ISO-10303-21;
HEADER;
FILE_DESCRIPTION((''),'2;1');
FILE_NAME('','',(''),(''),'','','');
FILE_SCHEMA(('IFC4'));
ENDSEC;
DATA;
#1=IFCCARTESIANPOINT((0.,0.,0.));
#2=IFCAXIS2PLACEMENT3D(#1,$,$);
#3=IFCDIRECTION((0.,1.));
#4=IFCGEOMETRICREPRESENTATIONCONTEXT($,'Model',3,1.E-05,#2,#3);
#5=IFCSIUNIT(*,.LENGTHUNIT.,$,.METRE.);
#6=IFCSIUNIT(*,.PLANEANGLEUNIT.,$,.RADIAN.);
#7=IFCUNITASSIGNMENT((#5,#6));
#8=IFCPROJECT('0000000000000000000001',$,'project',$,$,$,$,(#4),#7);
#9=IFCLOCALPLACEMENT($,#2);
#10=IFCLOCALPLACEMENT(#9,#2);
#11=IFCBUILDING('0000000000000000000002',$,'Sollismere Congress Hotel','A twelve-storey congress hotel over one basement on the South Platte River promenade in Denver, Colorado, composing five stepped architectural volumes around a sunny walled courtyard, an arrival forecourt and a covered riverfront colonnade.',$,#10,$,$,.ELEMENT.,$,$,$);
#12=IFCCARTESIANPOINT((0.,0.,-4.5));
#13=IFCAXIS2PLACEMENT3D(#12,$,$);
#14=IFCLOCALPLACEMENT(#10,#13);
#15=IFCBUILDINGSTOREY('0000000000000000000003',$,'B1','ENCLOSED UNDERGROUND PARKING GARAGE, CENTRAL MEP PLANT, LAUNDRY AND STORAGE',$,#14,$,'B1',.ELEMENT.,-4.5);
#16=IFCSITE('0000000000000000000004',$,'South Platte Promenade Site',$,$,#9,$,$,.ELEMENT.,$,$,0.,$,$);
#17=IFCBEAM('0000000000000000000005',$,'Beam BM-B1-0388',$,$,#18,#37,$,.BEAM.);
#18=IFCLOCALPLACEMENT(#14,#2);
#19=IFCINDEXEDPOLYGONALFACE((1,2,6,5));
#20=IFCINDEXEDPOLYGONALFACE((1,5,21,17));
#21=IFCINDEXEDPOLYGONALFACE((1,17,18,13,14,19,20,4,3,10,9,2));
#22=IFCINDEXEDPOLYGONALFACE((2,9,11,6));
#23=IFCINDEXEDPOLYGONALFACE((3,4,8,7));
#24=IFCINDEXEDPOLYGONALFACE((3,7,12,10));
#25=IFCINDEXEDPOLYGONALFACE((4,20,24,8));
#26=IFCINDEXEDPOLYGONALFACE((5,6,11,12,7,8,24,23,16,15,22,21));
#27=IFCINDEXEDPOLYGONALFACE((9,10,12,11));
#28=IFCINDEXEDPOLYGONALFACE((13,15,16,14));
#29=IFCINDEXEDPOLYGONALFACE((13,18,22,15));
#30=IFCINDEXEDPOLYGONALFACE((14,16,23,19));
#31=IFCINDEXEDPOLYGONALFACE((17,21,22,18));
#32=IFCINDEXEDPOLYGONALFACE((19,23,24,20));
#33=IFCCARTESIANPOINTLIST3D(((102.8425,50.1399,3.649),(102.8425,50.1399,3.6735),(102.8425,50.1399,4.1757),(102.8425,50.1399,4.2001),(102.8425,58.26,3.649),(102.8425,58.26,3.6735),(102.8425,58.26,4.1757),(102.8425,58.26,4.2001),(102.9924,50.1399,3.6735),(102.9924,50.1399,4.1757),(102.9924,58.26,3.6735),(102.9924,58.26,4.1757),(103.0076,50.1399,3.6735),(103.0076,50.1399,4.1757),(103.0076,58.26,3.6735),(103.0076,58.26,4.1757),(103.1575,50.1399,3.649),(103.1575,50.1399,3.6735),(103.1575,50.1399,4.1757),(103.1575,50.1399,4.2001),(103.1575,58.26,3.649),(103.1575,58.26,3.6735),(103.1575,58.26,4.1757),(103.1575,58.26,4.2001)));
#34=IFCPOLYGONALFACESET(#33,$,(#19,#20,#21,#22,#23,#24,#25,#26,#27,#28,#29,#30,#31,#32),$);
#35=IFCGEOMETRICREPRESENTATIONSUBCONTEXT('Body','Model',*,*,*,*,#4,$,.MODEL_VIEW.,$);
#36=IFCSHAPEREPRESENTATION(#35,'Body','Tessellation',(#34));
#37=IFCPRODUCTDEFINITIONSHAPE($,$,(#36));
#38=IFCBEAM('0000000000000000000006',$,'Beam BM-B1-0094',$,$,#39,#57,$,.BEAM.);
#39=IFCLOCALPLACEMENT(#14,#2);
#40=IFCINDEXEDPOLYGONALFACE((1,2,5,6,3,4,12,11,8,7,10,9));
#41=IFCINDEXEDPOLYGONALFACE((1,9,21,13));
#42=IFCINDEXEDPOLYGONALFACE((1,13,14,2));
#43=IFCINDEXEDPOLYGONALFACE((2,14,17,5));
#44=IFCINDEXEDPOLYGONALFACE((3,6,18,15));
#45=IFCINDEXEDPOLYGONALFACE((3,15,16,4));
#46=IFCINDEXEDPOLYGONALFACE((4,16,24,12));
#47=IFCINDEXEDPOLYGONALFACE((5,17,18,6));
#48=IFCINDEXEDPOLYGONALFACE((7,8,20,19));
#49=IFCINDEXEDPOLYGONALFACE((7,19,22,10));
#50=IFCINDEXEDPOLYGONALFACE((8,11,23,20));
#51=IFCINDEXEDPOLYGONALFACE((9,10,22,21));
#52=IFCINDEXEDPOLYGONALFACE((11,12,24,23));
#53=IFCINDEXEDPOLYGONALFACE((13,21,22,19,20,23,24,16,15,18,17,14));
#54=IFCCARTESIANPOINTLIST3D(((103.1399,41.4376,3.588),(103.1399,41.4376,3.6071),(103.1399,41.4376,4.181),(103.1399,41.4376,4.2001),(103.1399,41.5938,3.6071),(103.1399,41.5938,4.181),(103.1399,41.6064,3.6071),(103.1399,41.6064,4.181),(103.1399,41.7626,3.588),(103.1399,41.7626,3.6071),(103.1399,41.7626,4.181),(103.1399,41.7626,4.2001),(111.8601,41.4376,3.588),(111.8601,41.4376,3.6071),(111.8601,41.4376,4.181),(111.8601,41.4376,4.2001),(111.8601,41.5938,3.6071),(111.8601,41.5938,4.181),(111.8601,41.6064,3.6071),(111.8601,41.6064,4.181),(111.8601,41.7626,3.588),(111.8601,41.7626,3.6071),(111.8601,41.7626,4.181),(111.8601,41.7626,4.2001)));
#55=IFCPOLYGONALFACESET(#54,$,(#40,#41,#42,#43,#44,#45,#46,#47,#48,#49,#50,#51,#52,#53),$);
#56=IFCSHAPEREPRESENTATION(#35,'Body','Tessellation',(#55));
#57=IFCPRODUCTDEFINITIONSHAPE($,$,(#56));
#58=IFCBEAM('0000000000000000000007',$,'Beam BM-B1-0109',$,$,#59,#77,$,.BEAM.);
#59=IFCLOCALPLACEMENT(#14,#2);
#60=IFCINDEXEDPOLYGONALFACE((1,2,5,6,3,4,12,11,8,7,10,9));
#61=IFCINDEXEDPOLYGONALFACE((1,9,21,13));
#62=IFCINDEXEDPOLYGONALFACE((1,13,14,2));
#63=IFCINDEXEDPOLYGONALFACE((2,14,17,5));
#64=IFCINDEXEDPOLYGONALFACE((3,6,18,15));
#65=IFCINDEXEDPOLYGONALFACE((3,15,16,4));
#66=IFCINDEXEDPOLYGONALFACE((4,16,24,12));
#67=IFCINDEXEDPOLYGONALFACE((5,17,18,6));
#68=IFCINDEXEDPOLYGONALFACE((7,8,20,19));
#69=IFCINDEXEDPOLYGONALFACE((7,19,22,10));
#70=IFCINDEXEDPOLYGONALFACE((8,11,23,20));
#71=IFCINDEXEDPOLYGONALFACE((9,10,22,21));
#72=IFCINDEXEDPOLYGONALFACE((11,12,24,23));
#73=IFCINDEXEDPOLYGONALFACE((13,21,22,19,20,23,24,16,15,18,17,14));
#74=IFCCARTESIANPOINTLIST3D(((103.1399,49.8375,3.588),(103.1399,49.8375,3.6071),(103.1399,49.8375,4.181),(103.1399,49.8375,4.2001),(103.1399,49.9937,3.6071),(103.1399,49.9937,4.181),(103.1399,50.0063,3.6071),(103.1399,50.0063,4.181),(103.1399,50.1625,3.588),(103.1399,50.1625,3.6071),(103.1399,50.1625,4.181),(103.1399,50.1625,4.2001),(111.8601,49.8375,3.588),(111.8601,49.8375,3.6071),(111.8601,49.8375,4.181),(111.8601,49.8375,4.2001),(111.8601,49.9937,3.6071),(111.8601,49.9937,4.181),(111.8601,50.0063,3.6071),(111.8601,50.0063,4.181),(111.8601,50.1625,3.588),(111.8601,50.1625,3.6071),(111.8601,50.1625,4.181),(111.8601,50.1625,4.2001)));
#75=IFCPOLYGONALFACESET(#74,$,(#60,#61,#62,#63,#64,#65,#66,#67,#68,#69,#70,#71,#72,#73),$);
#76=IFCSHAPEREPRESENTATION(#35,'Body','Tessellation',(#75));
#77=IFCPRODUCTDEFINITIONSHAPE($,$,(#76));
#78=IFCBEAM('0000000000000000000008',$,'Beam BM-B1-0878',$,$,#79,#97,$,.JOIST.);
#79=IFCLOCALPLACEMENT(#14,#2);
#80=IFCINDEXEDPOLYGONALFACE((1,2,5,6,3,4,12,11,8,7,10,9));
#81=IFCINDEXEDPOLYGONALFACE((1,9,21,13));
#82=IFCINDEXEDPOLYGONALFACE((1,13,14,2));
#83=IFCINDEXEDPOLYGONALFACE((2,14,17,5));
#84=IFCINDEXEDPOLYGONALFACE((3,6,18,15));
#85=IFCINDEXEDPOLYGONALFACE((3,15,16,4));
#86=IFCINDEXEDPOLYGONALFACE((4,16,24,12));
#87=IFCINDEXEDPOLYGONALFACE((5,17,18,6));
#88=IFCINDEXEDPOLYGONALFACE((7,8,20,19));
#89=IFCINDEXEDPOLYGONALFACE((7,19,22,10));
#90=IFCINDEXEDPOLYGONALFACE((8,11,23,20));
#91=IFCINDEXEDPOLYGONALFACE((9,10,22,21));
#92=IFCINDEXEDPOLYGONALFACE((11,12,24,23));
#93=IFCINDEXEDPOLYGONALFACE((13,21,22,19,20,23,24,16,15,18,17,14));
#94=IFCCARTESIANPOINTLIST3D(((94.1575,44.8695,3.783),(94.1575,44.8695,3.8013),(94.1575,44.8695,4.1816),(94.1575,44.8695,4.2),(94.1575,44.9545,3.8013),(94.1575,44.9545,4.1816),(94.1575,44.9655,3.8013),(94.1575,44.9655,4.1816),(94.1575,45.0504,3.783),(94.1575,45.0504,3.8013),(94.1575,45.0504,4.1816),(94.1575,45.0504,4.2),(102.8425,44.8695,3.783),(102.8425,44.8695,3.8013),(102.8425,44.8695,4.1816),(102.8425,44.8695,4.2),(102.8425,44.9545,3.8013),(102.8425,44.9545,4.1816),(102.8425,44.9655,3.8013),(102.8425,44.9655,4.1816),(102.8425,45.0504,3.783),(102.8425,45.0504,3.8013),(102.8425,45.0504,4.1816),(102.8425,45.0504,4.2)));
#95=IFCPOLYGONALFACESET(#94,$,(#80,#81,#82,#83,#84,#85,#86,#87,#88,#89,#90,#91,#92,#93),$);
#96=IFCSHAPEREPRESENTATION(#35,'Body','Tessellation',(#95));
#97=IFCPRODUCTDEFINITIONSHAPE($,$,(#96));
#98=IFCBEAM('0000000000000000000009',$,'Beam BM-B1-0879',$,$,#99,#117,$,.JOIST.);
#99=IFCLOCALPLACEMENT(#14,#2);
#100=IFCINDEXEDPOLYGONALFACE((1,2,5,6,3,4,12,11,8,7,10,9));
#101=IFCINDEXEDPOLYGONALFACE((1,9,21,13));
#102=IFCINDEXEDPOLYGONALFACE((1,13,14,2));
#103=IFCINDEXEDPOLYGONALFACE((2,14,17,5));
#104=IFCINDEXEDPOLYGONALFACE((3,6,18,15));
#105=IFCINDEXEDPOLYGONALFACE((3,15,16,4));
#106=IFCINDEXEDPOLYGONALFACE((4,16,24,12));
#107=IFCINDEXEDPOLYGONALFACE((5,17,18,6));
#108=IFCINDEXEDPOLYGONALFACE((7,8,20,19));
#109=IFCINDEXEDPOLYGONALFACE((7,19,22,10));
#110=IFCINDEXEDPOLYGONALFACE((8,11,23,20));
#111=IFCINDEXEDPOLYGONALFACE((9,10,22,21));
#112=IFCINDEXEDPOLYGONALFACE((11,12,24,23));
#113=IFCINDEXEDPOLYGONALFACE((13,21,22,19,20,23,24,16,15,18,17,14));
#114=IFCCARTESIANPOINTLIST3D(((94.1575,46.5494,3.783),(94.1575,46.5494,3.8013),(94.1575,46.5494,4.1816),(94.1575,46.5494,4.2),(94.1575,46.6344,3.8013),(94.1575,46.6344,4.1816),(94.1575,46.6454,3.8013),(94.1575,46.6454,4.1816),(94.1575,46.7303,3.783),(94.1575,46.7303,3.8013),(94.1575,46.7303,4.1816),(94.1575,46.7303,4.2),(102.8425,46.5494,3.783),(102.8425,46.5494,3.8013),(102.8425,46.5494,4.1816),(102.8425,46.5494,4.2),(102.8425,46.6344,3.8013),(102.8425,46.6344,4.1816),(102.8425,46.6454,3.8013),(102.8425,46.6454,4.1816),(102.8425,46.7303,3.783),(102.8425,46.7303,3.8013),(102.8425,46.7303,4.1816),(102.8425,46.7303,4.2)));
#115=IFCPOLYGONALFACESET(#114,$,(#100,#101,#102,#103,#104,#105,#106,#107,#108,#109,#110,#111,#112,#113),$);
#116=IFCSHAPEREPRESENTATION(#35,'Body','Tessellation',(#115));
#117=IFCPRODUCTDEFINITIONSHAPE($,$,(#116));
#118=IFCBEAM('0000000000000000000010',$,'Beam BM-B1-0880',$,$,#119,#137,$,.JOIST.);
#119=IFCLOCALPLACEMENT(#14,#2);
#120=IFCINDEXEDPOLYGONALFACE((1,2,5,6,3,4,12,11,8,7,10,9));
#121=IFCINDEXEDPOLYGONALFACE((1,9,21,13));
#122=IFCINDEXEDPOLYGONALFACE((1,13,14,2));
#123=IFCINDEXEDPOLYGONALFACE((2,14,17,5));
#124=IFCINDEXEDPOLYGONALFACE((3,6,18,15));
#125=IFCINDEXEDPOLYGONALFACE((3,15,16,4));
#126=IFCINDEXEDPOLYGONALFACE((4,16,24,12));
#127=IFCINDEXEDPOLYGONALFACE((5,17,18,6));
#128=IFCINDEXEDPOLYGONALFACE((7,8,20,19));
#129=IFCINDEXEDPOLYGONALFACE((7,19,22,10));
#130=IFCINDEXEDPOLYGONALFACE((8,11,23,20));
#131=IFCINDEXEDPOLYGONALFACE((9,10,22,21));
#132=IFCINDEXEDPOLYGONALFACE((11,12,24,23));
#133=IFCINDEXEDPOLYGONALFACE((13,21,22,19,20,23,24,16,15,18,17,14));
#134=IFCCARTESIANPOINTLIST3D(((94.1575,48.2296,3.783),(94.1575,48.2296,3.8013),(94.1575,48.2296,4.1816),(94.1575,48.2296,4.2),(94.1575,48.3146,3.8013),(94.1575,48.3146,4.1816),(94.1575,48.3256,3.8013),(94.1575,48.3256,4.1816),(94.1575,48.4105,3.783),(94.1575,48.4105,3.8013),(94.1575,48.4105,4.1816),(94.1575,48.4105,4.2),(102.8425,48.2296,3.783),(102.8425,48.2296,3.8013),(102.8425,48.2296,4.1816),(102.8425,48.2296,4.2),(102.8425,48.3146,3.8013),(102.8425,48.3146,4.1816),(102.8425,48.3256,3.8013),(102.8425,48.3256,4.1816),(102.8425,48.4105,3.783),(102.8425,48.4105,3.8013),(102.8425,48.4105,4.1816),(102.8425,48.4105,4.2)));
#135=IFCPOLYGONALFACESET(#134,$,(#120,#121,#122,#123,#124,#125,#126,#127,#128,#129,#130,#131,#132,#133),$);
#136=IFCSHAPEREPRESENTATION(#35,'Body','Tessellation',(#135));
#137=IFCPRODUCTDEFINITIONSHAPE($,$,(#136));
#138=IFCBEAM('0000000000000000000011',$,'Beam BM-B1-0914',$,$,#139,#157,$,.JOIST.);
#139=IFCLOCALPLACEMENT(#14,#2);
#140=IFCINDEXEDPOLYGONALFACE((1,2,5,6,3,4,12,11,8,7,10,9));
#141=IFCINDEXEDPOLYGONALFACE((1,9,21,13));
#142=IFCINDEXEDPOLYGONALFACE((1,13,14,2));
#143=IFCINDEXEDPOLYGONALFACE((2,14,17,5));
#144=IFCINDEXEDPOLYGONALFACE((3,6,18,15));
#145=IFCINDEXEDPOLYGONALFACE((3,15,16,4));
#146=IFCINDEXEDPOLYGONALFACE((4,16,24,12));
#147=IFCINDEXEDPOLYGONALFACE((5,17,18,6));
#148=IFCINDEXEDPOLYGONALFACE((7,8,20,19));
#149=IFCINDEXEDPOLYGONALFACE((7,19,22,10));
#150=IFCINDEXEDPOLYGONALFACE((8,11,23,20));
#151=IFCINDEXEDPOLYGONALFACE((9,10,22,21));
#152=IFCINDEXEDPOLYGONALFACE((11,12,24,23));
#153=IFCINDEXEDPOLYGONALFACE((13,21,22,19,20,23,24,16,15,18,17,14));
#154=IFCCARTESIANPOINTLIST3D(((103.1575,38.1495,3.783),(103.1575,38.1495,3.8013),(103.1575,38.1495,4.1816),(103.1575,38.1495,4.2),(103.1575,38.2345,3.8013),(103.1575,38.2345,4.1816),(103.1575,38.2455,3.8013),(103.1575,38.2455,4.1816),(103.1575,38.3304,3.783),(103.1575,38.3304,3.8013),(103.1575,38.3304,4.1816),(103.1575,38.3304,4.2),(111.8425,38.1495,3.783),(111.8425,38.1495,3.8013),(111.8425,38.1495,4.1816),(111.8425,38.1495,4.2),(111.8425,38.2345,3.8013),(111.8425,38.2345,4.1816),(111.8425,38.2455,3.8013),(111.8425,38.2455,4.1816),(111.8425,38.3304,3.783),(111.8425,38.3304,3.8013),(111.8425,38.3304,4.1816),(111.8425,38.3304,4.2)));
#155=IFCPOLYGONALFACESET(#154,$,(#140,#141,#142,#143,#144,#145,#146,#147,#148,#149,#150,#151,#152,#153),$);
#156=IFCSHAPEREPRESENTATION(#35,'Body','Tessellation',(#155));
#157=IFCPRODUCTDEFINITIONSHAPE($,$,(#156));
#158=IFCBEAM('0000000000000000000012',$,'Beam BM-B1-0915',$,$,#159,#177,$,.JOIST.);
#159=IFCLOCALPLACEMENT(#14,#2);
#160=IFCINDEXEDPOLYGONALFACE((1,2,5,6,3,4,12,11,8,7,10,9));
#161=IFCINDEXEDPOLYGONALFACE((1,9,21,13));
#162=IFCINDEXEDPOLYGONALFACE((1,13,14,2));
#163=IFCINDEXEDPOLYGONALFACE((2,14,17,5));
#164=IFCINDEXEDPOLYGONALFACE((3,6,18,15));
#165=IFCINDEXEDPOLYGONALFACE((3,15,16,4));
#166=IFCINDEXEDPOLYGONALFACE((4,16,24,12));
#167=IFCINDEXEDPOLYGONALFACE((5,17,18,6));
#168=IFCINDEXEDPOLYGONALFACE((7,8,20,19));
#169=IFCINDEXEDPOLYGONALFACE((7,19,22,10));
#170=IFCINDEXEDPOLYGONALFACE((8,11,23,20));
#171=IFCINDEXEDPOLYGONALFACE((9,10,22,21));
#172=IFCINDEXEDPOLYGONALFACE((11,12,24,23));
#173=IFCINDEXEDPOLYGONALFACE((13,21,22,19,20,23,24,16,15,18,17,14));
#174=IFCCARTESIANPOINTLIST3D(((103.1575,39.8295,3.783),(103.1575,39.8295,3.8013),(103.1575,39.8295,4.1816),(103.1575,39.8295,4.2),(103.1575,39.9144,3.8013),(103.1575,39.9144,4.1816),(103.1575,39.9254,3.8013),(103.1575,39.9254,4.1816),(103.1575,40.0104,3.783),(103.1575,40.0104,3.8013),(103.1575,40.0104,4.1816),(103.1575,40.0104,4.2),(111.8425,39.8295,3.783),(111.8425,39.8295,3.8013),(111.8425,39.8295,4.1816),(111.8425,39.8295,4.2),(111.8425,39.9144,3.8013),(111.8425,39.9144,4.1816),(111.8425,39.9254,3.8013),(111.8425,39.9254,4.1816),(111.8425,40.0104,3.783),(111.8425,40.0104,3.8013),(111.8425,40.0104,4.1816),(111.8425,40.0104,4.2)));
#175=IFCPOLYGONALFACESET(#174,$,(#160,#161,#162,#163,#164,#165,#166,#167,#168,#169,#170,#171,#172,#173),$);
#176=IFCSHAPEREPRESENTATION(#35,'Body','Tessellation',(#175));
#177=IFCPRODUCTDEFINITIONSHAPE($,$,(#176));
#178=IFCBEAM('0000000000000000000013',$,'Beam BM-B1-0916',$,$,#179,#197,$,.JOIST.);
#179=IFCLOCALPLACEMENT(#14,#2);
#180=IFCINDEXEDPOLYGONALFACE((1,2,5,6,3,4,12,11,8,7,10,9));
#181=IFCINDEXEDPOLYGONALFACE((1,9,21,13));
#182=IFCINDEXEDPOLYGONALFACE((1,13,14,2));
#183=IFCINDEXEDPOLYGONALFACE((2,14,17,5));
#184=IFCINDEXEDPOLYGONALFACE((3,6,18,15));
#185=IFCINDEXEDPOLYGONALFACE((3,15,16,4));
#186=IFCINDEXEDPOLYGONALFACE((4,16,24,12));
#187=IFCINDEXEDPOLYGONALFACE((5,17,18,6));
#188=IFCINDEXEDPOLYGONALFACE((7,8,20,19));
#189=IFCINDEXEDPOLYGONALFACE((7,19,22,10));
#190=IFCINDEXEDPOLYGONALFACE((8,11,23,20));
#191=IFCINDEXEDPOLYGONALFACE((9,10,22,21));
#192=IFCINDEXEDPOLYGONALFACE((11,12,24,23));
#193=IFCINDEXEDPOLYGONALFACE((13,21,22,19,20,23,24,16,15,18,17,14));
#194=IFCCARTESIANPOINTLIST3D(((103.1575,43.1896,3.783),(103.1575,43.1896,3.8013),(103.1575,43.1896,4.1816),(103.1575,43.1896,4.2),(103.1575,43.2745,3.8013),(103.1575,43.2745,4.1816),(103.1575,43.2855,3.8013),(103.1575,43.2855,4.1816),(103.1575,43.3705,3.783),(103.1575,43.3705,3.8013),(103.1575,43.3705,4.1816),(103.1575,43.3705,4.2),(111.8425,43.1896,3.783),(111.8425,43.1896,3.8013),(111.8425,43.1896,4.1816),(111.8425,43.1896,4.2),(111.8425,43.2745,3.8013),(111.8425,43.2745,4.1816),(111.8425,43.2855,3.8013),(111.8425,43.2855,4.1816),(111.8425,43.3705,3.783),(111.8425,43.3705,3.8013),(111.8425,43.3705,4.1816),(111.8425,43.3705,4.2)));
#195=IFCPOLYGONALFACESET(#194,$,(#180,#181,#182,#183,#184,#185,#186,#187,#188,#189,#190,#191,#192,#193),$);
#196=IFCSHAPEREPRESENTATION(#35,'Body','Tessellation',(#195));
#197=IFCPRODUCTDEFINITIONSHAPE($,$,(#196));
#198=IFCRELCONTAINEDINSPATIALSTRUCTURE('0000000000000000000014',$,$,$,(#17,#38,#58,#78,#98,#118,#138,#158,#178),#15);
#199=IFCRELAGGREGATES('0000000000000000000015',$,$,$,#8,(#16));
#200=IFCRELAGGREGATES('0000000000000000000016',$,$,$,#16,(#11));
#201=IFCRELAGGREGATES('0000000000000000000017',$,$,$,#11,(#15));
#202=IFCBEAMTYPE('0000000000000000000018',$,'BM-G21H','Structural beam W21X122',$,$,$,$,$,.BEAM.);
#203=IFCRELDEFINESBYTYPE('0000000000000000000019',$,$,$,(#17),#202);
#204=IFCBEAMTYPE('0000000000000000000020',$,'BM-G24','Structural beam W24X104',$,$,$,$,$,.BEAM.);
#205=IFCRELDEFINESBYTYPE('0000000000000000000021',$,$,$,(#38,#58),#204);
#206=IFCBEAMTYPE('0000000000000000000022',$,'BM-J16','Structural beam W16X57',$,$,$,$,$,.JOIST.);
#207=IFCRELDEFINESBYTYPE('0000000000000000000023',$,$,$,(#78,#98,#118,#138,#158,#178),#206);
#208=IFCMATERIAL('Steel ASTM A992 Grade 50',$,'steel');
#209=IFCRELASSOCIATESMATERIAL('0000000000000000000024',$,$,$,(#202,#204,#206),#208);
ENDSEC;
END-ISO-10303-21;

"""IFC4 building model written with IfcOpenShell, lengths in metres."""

from ifc_helpers import new_model, si_unit, direction, frame, origin, origin_2d, place, context, subcontext, project, spatial, i_section, extrude, material, material_profile, profile_set, type_object, element, save


model = new_model("IFC4")

# Units and contexts
model_context = context("Model", 3, precision=1e-05, world=origin(), true_north=direction((0.0, 1.0)))
body_context = subcontext(model_context, "Body", "Model", "MODEL_VIEW")
ifc_project = project(units=[si_unit("LENGTHUNIT", "METRE"), si_unit("PLANEANGLEUNIT", "RADIAN")], contexts=[model_context])

# Site, building, storey
site_placement = place(None, origin())
site = spatial("IfcSite", under=ifc_project, at=site_placement, Name="South Platte Promenade Site", CompositionType="ELEMENT", RefElevation=0.0)
building_placement = place(site_placement, origin())
building = spatial("IfcBuilding", under=site, at=building_placement, Name="Sollismere Congress Hotel", Description="A twelve-storey congress hotel over one basement on the South Platte River promenade in Denver, Colorado, composing five stepped architectural volumes around a sunny walled courtyard, an arrival forecourt and a covered riverfront colonnade.", CompositionType="ELEMENT")
storey_placement = place(building_placement, frame((0.0, 0.0, -4.5)))
storey = spatial("IfcBuildingStorey", under=building, at=storey_placement, Name="B1", Description="ENCLOSED UNDERGROUND PARKING GARAGE, CENTRAL MEP PLANT, LAUNDRY AND STORAGE", LongName="B1", CompositionType="ELEMENT", Elevation=-4.5)

# Beams
ifc_material_1 = material(Name="Steel ASTM A992 Grade 50", Category="steel")
ifc_material_profile_1 = material_profile(ifc_material_1, i_section(OverallWidth=0.3149, OverallDepth=0.551, WebThickness=0.0151, FlangeThickness=0.0244, at=origin_2d()), Name="W21X122")
ifc_profile_set_1 = profile_set([ifc_material_profile_1], Name="Steel ASTM A992 Grade 50")
beam_type_1 = type_object("IfcBeamType", Name="BM-G21H", Description="Structural beam W21X122", PredefinedType="BEAM", material=ifc_profile_set_1)
for number, where, z_axis, x_axis, name in (
    (1, (103.0, 50.1399, 3.9246), (0.0, 1.0, 0.0), (-1.0, 0.0, 0.0), "Beam BM-B1-0388"),
):
    element("IfcBeam", number, at=place(storey_placement, frame(where, z_axis=z_axis, x_axis=x_axis)), inside=storey, type_object=beam_type_1, Name=name, PredefinedType="BEAM", context=body_context, shape_type="SweptSolid", body=[
        extrude(i_section(OverallWidth=0.3149, OverallDepth=0.551, WebThickness=0.0151, FlangeThickness=0.0244, at=origin_2d()), origin(), (0.0, 0.0, 1.0), 8.1201),
    ])
ifc_material_profile_2 = material_profile(ifc_material_1, i_section(OverallWidth=0.325, OverallDepth=0.6121, WebThickness=0.0127, FlangeThickness=0.019, at=origin_2d()), Name="W24X104")
ifc_profile_set_2 = profile_set([ifc_material_profile_2], Name="Steel ASTM A992 Grade 50")
beam_type_2 = type_object("IfcBeamType", Name="BM-G24", Description="Structural beam W24X104", PredefinedType="BEAM", material=ifc_profile_set_2)
for number, where, z_axis, x_axis, name in (
    (2, (103.1399, 41.6001, 3.894), (1.0, 0.0, 0.0), (0.0, 1.0, 0.0), "Beam BM-B1-0094"),
    (3, (103.1399, 50.0, 3.894), (1.0, 0.0, 0.0), (0.0, 1.0, 0.0), "Beam BM-B1-0109"),
):
    element("IfcBeam", number, at=place(storey_placement, frame(where, z_axis=z_axis, x_axis=x_axis)), inside=storey, type_object=beam_type_2, Name=name, PredefinedType="BEAM", context=body_context, shape_type="SweptSolid", body=[
        extrude(i_section(OverallWidth=0.325, OverallDepth=0.6121, WebThickness=0.0127, FlangeThickness=0.019, at=origin_2d()), origin(), (0.0, 0.0, 1.0), 8.7202),
    ])
ifc_material_profile_3 = material_profile(ifc_material_1, i_section(OverallWidth=0.1809, OverallDepth=0.417, WebThickness=0.011, FlangeThickness=0.0183, at=origin_2d()), Name="W16X57")
ifc_profile_set_3 = profile_set([ifc_material_profile_3], Name="Steel ASTM A992 Grade 50")
beam_type_3 = type_object("IfcBeamType", Name="BM-J16", Description="Structural beam W16X57", PredefinedType="JOIST", material=ifc_profile_set_3)
for number, where, z_axis, x_axis, name in (
    (4, (94.1575, 44.96, 3.9915), (1.0, 0.0, 0.0), (0.0, 1.0, 0.0), "Beam BM-B1-0878"),
    (5, (94.1575, 46.6399, 3.9915), (1.0, 0.0, 0.0), (0.0, 1.0, 0.0), "Beam BM-B1-0879"),
    (6, (94.1575, 48.3201, 3.9915), (1.0, 0.0, 0.0), (0.0, 1.0, 0.0), "Beam BM-B1-0880"),
    (7, (103.1575, 38.24, 3.9915), (1.0, 0.0, 0.0), (0.0, 1.0, 0.0), "Beam BM-B1-0914"),
    (8, (103.1575, 39.9199, 3.9915), (1.0, 0.0, 0.0), (0.0, 1.0, 0.0), "Beam BM-B1-0915"),
    (9, (103.1575, 43.28, 3.9915), (1.0, 0.0, 0.0), (0.0, 1.0, 0.0), "Beam BM-B1-0916"),
):
    element("IfcBeam", number, at=place(storey_placement, frame(where, z_axis=z_axis, x_axis=x_axis)), inside=storey, type_object=beam_type_3, Name=name, PredefinedType="JOIST", context=body_context, shape_type="SweptSolid", body=[
        extrude(i_section(OverallWidth=0.1809, OverallDepth=0.417, WebThickness=0.011, FlangeThickness=0.0183, at=origin_2d()), origin(), (0.0, 0.0, 1.0), 8.6851),
    ])

save(model, "model.ifc")
